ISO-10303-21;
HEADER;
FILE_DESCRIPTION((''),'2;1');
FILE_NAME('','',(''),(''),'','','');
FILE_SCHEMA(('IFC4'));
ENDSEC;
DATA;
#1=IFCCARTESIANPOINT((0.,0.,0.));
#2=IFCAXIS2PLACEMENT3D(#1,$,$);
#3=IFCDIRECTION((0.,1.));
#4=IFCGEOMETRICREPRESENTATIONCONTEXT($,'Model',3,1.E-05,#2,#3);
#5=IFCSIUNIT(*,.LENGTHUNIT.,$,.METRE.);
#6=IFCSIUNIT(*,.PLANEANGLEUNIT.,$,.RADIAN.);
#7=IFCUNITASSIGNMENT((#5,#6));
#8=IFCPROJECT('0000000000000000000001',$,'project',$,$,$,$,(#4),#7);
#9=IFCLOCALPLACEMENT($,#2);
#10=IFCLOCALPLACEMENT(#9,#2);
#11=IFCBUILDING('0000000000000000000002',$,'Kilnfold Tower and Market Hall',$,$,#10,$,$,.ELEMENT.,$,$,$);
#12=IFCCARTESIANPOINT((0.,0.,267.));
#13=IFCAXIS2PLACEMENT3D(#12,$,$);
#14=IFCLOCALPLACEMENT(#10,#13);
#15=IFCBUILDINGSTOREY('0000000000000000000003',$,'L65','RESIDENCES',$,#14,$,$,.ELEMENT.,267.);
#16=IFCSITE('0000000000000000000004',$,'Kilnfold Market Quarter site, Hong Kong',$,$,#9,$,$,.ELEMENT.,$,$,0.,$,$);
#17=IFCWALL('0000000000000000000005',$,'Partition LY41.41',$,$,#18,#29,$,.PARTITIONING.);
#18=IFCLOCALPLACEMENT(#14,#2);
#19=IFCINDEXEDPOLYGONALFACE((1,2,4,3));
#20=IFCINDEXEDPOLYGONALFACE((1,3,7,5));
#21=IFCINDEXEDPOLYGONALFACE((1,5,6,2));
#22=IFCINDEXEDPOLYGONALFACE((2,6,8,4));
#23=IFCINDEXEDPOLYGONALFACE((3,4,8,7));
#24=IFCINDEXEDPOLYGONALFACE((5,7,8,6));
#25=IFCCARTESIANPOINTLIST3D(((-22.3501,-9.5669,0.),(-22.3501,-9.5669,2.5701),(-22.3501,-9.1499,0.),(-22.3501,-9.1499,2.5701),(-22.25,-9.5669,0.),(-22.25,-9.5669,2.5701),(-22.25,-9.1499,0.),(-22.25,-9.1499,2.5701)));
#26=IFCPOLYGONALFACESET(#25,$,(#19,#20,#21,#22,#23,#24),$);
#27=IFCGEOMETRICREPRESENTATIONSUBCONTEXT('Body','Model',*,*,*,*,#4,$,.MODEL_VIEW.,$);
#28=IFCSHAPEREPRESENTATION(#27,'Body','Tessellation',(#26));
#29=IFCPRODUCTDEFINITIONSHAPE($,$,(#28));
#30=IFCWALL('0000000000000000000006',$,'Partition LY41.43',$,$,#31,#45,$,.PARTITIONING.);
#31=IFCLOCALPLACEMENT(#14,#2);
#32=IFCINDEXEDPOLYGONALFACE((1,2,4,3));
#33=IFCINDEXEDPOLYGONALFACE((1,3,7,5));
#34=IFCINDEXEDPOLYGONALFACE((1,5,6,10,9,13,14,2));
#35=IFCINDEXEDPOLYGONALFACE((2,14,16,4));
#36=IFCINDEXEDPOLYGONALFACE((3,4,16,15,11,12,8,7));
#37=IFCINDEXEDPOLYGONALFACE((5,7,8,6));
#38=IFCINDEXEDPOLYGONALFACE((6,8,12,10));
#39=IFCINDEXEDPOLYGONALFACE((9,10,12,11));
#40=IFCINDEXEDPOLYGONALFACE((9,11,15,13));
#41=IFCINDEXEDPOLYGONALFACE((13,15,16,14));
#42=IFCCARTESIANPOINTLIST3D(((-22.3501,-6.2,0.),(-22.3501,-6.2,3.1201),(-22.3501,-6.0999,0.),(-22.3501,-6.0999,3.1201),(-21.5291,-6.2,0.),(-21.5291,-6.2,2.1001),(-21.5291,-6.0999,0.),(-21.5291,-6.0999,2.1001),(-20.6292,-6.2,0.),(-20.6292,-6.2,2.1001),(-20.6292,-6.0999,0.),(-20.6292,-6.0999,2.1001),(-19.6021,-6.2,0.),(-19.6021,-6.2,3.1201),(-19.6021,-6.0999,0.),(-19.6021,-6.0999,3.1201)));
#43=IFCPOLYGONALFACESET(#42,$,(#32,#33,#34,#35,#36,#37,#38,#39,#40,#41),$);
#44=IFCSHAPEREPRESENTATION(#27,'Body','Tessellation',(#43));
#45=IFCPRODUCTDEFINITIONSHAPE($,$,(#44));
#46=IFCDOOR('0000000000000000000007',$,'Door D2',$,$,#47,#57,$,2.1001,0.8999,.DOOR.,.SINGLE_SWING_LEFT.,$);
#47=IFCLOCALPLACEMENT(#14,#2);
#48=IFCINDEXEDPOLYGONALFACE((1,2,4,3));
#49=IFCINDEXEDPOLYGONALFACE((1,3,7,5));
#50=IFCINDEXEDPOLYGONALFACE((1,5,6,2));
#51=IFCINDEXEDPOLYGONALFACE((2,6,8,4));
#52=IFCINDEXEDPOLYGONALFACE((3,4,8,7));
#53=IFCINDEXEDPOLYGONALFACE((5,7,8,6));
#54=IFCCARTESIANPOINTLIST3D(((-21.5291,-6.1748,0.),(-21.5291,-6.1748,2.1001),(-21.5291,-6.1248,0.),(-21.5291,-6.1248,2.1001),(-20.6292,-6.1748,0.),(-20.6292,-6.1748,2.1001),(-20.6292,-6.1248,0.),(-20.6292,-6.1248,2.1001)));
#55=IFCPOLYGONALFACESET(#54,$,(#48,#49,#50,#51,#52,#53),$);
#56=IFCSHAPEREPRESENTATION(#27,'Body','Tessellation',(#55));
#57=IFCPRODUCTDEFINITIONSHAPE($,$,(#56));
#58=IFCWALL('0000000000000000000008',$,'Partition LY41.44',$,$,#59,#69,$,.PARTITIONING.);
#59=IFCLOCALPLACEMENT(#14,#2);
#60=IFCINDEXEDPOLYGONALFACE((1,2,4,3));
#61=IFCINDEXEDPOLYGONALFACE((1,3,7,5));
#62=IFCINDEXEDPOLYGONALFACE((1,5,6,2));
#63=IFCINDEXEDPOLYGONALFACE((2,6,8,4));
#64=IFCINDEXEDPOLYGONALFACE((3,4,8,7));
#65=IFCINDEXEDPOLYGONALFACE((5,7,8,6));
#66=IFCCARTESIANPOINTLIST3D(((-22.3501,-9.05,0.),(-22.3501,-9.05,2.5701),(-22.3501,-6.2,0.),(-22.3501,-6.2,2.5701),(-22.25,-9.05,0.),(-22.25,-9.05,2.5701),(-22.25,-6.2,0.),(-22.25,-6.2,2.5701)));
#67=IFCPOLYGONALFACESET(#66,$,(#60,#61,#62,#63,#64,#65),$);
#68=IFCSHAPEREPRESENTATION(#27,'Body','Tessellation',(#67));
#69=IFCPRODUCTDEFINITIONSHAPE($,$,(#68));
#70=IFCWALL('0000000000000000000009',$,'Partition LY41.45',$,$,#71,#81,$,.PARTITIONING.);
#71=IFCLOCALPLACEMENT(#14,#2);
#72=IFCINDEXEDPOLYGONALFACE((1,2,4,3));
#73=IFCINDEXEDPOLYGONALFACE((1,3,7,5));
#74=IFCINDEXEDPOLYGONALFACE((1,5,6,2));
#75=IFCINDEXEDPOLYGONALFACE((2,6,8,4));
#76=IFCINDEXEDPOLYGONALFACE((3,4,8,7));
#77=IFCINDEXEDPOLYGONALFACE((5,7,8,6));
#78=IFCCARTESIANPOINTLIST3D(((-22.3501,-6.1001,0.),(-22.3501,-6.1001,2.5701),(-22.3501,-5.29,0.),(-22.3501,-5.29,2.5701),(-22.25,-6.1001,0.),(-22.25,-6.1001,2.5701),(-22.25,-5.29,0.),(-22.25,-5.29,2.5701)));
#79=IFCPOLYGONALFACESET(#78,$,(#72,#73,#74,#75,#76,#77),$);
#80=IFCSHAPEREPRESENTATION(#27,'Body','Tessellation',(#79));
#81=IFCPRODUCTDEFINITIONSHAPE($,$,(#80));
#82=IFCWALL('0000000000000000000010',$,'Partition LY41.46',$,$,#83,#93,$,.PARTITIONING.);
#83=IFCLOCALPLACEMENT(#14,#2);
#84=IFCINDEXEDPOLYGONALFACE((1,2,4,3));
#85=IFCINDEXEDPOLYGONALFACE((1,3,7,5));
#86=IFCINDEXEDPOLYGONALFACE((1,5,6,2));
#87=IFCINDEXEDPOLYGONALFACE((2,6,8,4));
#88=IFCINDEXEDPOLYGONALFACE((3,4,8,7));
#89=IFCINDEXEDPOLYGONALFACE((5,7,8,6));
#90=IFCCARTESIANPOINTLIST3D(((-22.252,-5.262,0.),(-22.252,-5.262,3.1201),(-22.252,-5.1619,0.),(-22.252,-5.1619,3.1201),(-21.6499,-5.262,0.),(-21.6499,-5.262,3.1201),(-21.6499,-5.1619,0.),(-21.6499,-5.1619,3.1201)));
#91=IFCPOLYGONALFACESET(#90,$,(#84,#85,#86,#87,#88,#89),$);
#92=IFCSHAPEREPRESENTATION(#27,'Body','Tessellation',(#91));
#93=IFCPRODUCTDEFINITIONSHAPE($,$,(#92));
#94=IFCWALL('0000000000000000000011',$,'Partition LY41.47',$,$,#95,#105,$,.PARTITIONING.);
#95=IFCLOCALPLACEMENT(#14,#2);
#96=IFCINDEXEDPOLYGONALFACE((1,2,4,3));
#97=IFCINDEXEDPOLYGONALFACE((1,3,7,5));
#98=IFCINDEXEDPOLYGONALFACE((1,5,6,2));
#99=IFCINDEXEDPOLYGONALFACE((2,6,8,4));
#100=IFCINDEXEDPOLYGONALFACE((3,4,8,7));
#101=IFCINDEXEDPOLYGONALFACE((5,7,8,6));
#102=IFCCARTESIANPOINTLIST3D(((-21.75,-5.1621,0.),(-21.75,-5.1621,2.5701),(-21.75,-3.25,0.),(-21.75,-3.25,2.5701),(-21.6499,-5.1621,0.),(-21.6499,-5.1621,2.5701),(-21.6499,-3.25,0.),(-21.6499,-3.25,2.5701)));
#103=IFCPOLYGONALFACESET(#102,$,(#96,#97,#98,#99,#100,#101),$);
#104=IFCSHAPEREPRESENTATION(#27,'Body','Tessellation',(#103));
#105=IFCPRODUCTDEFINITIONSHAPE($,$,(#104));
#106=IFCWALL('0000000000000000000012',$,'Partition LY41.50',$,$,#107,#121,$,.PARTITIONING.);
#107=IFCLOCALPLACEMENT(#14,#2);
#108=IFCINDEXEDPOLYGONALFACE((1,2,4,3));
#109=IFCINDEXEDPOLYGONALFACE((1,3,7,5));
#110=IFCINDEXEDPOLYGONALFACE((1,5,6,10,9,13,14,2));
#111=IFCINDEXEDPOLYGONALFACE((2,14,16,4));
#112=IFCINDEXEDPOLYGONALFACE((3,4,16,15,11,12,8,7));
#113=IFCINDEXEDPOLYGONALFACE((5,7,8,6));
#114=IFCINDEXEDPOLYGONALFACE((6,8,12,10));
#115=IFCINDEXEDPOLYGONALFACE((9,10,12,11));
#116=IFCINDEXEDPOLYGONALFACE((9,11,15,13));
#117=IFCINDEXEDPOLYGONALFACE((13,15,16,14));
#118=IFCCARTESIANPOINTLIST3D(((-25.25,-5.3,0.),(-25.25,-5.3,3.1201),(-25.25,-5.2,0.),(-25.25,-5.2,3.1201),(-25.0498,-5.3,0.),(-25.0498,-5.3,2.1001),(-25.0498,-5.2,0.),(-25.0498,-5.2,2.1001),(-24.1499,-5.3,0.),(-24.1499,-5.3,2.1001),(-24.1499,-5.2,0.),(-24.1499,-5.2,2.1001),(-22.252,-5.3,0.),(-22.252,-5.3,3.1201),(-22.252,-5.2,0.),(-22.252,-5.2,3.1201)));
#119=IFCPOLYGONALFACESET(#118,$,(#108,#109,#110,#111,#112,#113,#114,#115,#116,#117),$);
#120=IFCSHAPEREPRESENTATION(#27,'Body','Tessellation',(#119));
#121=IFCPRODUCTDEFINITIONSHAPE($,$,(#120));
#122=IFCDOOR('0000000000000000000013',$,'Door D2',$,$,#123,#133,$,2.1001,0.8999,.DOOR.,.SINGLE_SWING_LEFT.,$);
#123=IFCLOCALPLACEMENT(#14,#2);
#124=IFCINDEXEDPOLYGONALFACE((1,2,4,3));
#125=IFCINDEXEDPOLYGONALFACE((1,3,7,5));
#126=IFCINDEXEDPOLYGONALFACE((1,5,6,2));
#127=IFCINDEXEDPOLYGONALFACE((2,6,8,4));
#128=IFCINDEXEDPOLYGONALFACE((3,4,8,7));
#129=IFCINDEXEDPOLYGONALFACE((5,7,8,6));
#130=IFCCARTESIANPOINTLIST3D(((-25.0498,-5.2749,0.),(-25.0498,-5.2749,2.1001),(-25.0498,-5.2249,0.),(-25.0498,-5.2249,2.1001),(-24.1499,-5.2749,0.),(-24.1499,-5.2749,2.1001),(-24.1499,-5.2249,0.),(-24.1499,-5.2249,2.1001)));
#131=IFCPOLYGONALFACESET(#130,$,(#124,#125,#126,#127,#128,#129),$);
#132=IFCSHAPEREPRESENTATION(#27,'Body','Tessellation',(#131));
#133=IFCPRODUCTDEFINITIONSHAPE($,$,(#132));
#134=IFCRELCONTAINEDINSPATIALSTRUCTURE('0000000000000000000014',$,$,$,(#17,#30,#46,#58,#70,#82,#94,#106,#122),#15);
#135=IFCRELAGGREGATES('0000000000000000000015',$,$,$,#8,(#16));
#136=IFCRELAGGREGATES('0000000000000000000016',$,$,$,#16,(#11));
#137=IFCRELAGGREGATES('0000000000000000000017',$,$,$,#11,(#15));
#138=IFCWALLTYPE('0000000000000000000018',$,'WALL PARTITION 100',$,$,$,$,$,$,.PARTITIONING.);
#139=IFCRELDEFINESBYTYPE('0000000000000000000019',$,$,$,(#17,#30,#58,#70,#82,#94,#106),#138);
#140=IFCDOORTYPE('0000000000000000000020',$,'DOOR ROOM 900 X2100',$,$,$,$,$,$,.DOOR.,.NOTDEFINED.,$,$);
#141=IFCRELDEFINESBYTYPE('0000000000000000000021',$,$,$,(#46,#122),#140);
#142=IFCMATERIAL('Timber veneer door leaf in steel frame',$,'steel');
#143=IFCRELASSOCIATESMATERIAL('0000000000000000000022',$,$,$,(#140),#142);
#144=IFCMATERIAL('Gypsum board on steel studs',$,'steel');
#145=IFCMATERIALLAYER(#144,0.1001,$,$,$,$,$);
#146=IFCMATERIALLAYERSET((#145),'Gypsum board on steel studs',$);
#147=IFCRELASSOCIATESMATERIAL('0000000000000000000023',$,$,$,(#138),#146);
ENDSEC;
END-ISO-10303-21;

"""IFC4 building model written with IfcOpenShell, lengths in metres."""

from ifc_helpers import new_model, si_unit, direction, frame, frame_2d, origin, place, context, subcontext, project, spatial, rectangle, extrude, material, layer, layer_set, type_object, element, fill, save


model = new_model("IFC4")

# Units and contexts
model_context = context("Model", 3, precision=1e-05, world=origin(), true_north=direction((0.0, 1.0)))
body_context = subcontext(model_context, "Body", "Model", "MODEL_VIEW")
ifc_project = project(units=[si_unit("LENGTHUNIT", "METRE"), si_unit("PLANEANGLEUNIT", "RADIAN")], contexts=[model_context])

# Site, building, storey
site_placement = place(None, origin())
site = spatial("IfcSite", under=ifc_project, at=site_placement, Name="Kilnfold Market Quarter site, Hong Kong", CompositionType="ELEMENT", RefElevation=0.0)
building_placement = place(site_placement, origin())
building = spatial("IfcBuilding", under=site, at=building_placement, Name="Kilnfold Tower and Market Hall", CompositionType="ELEMENT")
storey_placement = place(building_placement, frame((0.0, 0.0, 267.0)))
storey = spatial("IfcBuildingStorey", under=building, at=storey_placement, Name="L65", Description="RESIDENCES", CompositionType="ELEMENT", Elevation=267.0)

# Shared definitions
ifc_material_1 = material(Name="Timber veneer door leaf in steel frame", Category="steel")
door_type_1 = type_object("IfcDoorType", Name="DOOR ROOM 900 X2100", OperationType="NOTDEFINED", PredefinedType="DOOR", material=ifc_material_1)

# Shared definitions
ifc_material_2 = material(Name="Gypsum board on steel studs", Category="steel")
ifc_layer_1 = layer(ifc_material_2, 0.1001)
ifc_layer_set_1 = layer_set([ifc_layer_1], Name="Gypsum board on steel studs")
wall_type_1 = type_object("IfcWallType", Name="WALL PARTITION 100", PredefinedType="PARTITIONING", material=ifc_layer_set_1)

# Wall
wall_1_placement = place(storey_placement, frame((-22.3, -9.5669, 0.0), z_axis=(0.0, 0.0, 1.0), x_axis=(0.0, 1.0, 0.0)))
element("IfcWall", 1, at=wall_1_placement, inside=storey, type_object=wall_type_1, Name="Partition LY41.41", PredefinedType="PARTITIONING", context=body_context, shape_type="SweptSolid", body=[
    extrude(rectangle(XDim=0.417, YDim=0.1001, at=frame_2d((0.2085, 0.0))), origin(), (0.0, 0.0, 1.0), 2.5701),
])

# Wall, opening, door
wall_2_placement = place(storey_placement, frame((-19.6021, -6.1499, 0.0), z_axis=(0.0, 0.0, 1.0), x_axis=(-1.0, 0.0, 0.0)))
wall_2 = element("IfcWall", 2, at=wall_2_placement, inside=storey, type_object=wall_type_1, Name="Partition LY41.43", PredefinedType="PARTITIONING", context=body_context, shape_type="SweptSolid", body=[
    extrude(rectangle(XDim=2.748, YDim=0.1001, at=frame_2d((1.374, 0.0))), origin(), (0.0, 0.0, 1.0), 3.1201),
])
opening_1_placement = place(wall_2_placement, frame((1.0271, 0.0, 0.0)))
opening_1 = element("IfcOpeningElement", 3, at=opening_1_placement, cuts=wall_2, PredefinedType="OPENING", context=body_context, shape_type="SweptSolid", body=[
    extrude(rectangle(XDim=0.8999, YDim=2.1001, at=frame_2d((0.45, 1.05))), frame((0.0, 0.0601, 0.0), z_axis=(0.0, -1.0, 0.0), x_axis=(1.0, 0.0, 0.0)), (0.0, 0.0, 1.0), 0.1201),
])
door_1_placement = place(opening_1_placement, origin())
door_1 = element("IfcDoor", 4, at=door_1_placement, inside=storey, type_object=door_type_1, Name="Door D2", OperationType="SINGLE_SWING_LEFT", OverallHeight=2.1001, OverallWidth=0.8999, PredefinedType="DOOR", context=body_context, shape_type="SweptSolid", body=[
    extrude(rectangle(XDim=0.8999, YDim=2.1001, at=frame_2d((0.45, 1.05))), frame((0.0, 0.0249, 0.0), z_axis=(0.0, -1.0, 0.0), x_axis=(1.0, 0.0, 0.0)), (0.0, 0.0, 1.0), 0.05),
])
fill(opening_1, door_1)

# Walls
wall_3_placement = place(storey_placement, frame((-22.3, -9.05, 0.0), z_axis=(0.0, 0.0, 1.0), x_axis=(0.0, 1.0, 0.0)))
element("IfcWall", 5, at=wall_3_placement, inside=storey, type_object=wall_type_1, Name="Partition LY41.44", PredefinedType="PARTITIONING", context=body_context, shape_type="SweptSolid", body=[
    extrude(rectangle(XDim=2.8501, YDim=0.1001, at=frame_2d((1.425, 0.0))), origin(), (0.0, 0.0, 1.0), 2.5701),
])
wall_4_placement = place(storey_placement, frame((-22.3, -6.1001, 0.0), z_axis=(0.0, 0.0, 1.0), x_axis=(0.0, 1.0, 0.0)))
element("IfcWall", 6, at=wall_4_placement, inside=storey, type_object=wall_type_1, Name="Partition LY41.45", PredefinedType="PARTITIONING", context=body_context, shape_type="SweptSolid", body=[
    extrude(rectangle(XDim=0.8101, YDim=0.1001, at=frame_2d((0.405, 0.0))), origin(), (0.0, 0.0, 1.0), 2.5701),
])
wall_5_placement = place(storey_placement, frame((-21.6499, -5.2119, 0.0), z_axis=(0.0, 0.0, 1.0), x_axis=(-1.0, 0.0, 0.0)))
element("IfcWall", 7, at=wall_5_placement, inside=storey, type_object=wall_type_1, Name="Partition LY41.46", PredefinedType="PARTITIONING", context=body_context, shape_type="SweptSolid", body=[
    extrude(rectangle(XDim=0.6021, YDim=0.1001, at=frame_2d((0.301, 0.0))), origin(), (0.0, 0.0, 1.0), 3.1201),
])
wall_6_placement = place(storey_placement, frame((-21.7, -5.1621, 0.0), z_axis=(0.0, 0.0, 1.0), x_axis=(0.0, 1.0, 0.0)))
element("IfcWall", 8, at=wall_6_placement, inside=storey, type_object=wall_type_1, Name="Partition LY41.47", PredefinedType="PARTITIONING", context=body_context, shape_type="SweptSolid", body=[
    extrude(rectangle(XDim=1.9121, YDim=0.1001, at=frame_2d((0.9561, 0.0))), origin(), (0.0, 0.0, 1.0), 2.5701),
])

# Wall, opening, door
wall_7_placement = place(storey_placement, frame((-22.252, -5.25, 0.0), z_axis=(0.0, 0.0, 1.0), x_axis=(-1.0, 0.0, 0.0)))
wall_7 = element("IfcWall", 9, at=wall_7_placement, inside=storey, type_object=wall_type_1, Name="Partition LY41.50", PredefinedType="PARTITIONING", context=body_context, shape_type="SweptSolid", body=[
    extrude(rectangle(XDim=2.998, YDim=0.1001, at=frame_2d((1.499, 0.0))), origin(), (0.0, 0.0, 1.0), 3.1201),
])
opening_2_placement = place(wall_7_placement, frame((1.8979, 0.0, 0.0)))
opening_2 = element("IfcOpeningElement", 10, at=opening_2_placement, cuts=wall_7, PredefinedType="OPENING", context=body_context, shape_type="SweptSolid", body=[
    extrude(rectangle(XDim=0.8999, YDim=2.1001, at=frame_2d((0.45, 1.05))), frame((0.0, 0.0601, 0.0), z_axis=(0.0, -1.0, 0.0), x_axis=(1.0, 0.0, 0.0)), (0.0, 0.0, 1.0), 0.1201),
])
door_2_placement = place(opening_2_placement, origin())
door_2 = element("IfcDoor", 11, at=door_2_placement, inside=storey, type_object=door_type_1, Name="Door D2", OperationType="SINGLE_SWING_LEFT", OverallHeight=2.1001, OverallWidth=0.8999, PredefinedType="DOOR", context=body_context, shape_type="SweptSolid", body=[
    extrude(rectangle(XDim=0.8999, YDim=2.1001, at=frame_2d((0.45, 1.05))), frame((0.0, 0.0249, 0.0), z_axis=(0.0, -1.0, 0.0), x_axis=(1.0, 0.0, 0.0)), (0.0, 0.0, 1.0), 0.05),
])
fill(opening_2, door_2)

save(model, "model.ifc")
